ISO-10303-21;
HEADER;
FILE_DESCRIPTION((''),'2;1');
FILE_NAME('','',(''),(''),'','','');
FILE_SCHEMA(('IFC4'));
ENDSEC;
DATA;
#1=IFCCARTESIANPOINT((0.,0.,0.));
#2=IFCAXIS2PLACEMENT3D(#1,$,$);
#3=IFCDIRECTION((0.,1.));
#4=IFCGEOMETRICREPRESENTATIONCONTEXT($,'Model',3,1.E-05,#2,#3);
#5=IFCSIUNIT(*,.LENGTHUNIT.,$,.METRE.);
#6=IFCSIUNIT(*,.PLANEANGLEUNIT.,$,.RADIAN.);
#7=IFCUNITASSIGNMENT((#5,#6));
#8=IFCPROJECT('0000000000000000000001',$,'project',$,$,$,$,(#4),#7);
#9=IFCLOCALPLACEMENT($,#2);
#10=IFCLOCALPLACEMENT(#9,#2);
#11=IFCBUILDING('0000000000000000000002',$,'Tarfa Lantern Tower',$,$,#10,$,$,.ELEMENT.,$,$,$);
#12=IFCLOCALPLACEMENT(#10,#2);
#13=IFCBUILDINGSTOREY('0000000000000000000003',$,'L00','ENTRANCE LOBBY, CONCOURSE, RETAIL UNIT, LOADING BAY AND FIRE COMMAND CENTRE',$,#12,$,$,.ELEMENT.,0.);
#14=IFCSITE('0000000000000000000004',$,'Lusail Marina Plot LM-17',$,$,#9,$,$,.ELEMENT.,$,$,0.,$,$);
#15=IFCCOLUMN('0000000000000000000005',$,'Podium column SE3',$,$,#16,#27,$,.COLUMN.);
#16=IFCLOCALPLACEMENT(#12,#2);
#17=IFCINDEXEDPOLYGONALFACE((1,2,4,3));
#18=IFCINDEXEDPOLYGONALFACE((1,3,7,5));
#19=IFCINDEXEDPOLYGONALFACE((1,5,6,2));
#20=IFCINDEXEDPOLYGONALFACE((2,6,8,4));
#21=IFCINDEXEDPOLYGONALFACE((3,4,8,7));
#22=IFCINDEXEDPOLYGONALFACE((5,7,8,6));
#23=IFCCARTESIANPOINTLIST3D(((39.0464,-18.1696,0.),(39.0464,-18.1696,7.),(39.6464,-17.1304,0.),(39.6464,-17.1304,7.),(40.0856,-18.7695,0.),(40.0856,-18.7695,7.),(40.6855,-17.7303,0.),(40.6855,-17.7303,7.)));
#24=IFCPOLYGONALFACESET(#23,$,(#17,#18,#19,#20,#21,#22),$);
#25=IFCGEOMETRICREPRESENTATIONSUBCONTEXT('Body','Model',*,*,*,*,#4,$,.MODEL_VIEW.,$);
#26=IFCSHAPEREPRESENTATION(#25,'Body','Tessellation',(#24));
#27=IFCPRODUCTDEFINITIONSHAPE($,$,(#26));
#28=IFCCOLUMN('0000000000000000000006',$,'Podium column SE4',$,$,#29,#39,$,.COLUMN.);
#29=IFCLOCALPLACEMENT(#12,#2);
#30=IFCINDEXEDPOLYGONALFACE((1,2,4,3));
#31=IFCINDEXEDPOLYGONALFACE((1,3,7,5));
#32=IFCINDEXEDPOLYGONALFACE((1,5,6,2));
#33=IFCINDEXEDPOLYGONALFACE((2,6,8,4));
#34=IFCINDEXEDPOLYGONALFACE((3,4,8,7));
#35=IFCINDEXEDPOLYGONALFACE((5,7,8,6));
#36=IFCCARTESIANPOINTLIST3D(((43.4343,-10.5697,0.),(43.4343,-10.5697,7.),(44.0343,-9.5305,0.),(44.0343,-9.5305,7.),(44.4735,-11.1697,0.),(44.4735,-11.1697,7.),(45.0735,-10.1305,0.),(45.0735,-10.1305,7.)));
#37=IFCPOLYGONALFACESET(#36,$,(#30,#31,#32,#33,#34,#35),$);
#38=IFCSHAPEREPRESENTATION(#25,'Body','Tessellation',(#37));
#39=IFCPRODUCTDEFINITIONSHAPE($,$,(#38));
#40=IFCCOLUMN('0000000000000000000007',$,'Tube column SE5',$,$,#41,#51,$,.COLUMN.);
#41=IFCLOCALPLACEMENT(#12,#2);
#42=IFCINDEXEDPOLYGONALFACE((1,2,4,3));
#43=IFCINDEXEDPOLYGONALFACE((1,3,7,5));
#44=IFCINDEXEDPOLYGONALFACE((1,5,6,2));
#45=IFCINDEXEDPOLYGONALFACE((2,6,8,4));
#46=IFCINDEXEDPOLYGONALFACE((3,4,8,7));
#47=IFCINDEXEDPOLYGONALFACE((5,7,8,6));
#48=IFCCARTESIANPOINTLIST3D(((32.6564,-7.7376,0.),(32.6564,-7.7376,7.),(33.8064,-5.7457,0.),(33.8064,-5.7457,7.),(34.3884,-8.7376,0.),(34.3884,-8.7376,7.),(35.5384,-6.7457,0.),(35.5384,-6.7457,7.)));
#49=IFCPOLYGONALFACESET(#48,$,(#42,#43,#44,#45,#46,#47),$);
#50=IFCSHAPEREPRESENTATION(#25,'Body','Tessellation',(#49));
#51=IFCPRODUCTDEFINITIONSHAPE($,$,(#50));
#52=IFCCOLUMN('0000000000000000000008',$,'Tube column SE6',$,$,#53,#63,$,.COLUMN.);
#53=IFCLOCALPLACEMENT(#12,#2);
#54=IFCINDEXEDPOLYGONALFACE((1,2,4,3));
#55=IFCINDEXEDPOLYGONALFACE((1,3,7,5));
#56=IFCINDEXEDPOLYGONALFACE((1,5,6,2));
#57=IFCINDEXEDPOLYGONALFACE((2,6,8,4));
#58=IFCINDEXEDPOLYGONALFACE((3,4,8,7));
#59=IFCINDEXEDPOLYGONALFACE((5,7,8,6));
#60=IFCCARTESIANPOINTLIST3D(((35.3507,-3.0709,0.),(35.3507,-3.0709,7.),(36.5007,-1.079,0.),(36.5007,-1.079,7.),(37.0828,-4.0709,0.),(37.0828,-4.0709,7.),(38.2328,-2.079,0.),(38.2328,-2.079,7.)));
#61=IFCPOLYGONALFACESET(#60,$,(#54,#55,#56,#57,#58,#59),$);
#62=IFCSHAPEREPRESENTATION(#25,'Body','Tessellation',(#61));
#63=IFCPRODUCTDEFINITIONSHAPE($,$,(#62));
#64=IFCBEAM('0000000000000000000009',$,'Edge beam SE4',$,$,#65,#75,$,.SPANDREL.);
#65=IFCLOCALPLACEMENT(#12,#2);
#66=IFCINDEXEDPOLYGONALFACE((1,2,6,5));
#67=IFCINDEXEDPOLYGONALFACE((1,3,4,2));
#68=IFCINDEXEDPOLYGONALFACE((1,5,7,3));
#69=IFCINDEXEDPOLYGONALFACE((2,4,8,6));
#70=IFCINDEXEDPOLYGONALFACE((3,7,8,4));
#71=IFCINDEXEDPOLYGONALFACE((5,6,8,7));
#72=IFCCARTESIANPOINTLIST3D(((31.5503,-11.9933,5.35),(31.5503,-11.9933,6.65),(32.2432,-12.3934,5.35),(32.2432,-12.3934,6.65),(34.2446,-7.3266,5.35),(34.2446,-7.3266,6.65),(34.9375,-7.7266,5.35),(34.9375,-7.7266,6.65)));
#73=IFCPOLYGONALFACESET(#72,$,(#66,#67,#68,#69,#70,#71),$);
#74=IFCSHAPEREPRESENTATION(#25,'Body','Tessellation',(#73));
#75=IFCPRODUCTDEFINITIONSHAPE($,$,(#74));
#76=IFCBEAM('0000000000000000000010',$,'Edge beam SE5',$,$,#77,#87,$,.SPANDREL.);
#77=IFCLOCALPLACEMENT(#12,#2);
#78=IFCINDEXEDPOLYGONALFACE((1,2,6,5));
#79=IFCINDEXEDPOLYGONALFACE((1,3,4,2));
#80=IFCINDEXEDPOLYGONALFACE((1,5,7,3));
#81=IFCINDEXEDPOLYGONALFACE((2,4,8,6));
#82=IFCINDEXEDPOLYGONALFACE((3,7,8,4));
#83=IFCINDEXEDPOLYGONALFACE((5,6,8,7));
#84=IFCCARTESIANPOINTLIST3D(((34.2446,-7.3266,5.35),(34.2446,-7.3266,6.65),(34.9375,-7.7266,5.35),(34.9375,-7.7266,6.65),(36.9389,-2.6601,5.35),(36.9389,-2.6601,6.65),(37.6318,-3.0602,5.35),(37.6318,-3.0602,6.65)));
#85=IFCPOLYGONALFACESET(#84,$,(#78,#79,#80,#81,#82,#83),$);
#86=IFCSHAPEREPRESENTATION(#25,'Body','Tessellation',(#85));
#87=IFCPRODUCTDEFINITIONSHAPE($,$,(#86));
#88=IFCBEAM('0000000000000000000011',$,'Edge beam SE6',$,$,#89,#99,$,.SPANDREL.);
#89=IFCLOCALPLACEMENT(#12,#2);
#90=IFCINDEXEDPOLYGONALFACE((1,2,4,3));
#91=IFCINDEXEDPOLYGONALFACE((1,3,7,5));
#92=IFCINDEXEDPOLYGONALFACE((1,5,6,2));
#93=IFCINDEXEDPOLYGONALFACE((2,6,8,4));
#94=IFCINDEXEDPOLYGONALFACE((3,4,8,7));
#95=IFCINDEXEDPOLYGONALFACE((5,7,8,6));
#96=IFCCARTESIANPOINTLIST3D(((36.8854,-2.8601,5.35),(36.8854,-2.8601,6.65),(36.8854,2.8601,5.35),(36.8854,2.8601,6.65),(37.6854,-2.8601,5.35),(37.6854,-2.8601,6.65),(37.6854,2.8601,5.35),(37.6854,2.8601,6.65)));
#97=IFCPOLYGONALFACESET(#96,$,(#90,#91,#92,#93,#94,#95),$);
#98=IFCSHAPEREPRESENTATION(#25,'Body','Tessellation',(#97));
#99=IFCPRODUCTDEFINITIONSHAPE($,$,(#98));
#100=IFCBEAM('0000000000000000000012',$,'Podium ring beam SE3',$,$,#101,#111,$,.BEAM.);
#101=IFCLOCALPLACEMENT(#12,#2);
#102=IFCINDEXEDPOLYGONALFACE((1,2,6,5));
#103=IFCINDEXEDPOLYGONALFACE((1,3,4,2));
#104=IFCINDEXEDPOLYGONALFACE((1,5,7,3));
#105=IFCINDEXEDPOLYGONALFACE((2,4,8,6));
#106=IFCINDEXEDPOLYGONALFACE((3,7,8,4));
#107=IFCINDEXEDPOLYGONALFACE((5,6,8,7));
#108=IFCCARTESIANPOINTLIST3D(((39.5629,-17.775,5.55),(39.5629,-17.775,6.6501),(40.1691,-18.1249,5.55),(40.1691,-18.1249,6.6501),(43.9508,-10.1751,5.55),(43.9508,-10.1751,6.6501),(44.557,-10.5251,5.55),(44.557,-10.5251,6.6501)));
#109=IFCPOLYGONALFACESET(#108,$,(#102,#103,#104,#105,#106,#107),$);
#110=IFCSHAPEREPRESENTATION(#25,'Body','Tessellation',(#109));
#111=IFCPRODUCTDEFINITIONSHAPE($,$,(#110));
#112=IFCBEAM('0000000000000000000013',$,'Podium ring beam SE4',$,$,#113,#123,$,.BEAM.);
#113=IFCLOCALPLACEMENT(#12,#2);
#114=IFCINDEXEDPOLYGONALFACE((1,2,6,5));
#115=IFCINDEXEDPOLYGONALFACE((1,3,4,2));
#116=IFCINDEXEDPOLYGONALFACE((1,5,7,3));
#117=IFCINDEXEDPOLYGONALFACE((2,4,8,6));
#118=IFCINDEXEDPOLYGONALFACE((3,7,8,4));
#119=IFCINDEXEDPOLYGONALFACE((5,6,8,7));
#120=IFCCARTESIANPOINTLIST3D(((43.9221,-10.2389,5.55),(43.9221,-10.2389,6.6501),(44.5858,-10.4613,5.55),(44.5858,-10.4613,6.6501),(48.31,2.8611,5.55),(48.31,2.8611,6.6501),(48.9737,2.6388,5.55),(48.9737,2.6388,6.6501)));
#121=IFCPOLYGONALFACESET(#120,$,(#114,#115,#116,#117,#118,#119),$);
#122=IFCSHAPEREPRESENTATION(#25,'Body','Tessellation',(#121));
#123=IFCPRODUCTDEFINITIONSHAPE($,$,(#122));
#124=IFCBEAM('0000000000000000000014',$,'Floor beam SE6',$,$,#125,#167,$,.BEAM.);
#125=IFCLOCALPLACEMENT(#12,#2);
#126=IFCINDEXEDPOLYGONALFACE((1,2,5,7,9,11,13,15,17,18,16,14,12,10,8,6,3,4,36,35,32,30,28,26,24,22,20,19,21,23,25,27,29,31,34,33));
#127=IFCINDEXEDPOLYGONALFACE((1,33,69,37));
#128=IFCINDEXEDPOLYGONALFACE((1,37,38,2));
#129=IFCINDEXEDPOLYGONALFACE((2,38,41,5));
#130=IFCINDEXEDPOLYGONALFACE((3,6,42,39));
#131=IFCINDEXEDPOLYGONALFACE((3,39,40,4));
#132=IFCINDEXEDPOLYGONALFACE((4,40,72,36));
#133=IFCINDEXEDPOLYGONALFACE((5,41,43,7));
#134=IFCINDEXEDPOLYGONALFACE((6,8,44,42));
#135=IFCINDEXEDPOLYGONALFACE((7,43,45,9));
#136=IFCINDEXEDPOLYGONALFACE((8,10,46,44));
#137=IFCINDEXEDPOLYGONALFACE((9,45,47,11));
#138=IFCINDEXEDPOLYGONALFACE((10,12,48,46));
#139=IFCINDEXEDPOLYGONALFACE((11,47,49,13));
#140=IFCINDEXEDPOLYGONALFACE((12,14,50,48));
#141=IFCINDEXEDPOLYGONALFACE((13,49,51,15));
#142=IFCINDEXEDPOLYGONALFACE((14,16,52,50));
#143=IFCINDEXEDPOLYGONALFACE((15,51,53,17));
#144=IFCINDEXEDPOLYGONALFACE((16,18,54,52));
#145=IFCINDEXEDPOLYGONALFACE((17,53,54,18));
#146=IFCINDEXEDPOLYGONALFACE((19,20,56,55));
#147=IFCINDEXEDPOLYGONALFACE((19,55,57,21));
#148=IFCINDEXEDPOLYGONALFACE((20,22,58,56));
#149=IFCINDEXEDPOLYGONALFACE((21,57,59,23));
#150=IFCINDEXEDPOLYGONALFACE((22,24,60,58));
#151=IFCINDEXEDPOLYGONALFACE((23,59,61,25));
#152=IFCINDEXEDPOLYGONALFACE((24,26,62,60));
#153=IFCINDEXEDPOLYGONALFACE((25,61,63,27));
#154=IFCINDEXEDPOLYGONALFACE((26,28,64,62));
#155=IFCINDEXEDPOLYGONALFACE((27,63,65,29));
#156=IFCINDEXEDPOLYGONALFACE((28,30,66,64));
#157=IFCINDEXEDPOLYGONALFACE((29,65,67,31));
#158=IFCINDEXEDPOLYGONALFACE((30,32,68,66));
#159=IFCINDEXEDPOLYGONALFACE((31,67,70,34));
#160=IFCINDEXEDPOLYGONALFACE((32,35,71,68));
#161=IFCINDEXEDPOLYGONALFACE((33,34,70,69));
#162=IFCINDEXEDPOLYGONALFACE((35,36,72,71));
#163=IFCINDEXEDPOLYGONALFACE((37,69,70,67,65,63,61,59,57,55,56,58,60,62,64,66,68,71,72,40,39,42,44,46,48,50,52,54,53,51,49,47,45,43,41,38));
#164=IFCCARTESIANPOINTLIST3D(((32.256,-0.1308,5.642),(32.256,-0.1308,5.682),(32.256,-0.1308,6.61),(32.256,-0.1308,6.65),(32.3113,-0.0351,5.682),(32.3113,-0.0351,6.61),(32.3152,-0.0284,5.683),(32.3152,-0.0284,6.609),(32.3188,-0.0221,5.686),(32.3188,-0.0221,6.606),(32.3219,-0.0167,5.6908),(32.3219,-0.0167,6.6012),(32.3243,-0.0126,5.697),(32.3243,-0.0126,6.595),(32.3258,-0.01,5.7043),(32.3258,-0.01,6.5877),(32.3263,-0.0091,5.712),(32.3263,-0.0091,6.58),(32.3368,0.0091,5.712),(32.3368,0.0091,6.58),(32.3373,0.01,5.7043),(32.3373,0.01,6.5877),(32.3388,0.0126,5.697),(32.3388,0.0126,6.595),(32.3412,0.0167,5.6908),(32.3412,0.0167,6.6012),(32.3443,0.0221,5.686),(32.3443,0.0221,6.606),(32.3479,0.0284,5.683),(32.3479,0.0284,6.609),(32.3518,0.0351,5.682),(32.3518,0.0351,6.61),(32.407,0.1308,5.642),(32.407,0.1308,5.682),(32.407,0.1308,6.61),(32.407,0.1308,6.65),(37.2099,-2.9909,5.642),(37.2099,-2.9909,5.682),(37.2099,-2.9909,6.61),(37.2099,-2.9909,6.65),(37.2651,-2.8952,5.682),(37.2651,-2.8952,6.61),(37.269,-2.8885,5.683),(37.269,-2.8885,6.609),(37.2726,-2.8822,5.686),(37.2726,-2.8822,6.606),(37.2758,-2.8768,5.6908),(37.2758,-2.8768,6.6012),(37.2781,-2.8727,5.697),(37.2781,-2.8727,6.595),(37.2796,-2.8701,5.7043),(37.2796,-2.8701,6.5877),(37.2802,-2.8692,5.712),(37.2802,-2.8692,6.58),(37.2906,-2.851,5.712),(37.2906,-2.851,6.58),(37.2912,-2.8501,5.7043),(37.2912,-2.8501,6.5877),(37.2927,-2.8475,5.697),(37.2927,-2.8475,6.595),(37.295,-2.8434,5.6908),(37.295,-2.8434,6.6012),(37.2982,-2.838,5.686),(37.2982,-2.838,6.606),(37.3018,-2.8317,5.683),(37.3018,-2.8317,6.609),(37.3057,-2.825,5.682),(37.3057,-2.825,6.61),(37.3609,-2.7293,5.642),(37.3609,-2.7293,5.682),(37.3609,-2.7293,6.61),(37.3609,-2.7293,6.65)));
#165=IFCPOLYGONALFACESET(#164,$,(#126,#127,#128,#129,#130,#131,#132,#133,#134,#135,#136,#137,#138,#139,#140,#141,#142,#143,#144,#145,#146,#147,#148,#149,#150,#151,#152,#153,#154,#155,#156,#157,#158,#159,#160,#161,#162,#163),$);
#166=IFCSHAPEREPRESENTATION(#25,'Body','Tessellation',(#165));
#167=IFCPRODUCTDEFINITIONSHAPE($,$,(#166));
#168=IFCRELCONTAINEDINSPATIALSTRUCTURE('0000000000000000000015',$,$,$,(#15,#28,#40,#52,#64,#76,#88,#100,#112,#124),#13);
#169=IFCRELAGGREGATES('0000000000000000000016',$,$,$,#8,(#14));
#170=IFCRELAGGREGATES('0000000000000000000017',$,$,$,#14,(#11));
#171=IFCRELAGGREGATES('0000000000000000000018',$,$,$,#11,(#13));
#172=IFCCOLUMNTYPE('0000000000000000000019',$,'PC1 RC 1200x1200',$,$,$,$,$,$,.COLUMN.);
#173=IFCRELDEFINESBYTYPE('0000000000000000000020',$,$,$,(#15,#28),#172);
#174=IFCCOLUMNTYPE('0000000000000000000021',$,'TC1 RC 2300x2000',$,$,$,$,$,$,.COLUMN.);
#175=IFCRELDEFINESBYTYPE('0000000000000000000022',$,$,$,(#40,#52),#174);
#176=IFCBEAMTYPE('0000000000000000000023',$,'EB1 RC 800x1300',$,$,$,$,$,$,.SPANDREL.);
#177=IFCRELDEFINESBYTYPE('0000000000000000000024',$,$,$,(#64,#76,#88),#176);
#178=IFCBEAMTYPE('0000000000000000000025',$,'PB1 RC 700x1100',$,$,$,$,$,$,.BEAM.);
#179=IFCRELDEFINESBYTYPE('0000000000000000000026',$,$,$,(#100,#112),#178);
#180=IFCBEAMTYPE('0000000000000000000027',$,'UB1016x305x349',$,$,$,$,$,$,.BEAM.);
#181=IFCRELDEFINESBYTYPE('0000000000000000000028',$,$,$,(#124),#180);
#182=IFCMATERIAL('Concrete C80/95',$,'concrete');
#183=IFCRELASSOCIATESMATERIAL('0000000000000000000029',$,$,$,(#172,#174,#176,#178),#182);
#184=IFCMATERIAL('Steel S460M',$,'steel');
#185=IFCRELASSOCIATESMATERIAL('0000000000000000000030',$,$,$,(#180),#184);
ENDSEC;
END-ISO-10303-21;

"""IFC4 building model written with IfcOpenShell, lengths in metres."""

from ifc_helpers import new_model, si_unit, direction, frame, origin, origin_2d, place, context, subcontext, project, spatial, rectangle, i_section, extrude, material, material_profile, profile_set, type_object, element, save


model = new_model("IFC4")

# Units and contexts
model_context = context("Model", 3, precision=1e-05, world=origin(), true_north=direction((0.0, 1.0)))
body_context = subcontext(model_context, "Body", "Model", "MODEL_VIEW")
ifc_project = project(units=[si_unit("LENGTHUNIT", "METRE"), si_unit("PLANEANGLEUNIT", "RADIAN")], contexts=[model_context])

# Site, building, storey
site_placement = place(None, origin())
site = spatial("IfcSite", under=ifc_project, at=site_placement, Name="Lusail Marina Plot LM-17", CompositionType="ELEMENT", RefElevation=0.0)
building_placement = place(site_placement, origin())
building = spatial("IfcBuilding", under=site, at=building_placement, Name="Tarfa Lantern Tower", CompositionType="ELEMENT")
storey_placement = place(building_placement, origin())
storey = spatial("IfcBuildingStorey", under=building, at=storey_placement, Name="L00", Description="ENTRANCE LOBBY, CONCOURSE, RETAIL UNIT, LOADING BAY AND FIRE COMMAND CENTRE", CompositionType="ELEMENT", Elevation=0.0)

# Columns
ifc_material_1 = material(Name="Concrete C80/95", Category="concrete")
ifc_material_profile_1 = material_profile(ifc_material_1, rectangle(XDim=1.2, YDim=1.2, at=origin_2d()), Name="RC 1200x1200")
ifc_profile_set_1 = profile_set([ifc_material_profile_1], Name="Concrete C80/95")
column_type_1 = type_object("IfcColumnType", Name="PC1 RC 1200x1200", PredefinedType="COLUMN", material=ifc_profile_set_1)
for number, where, z_axis, x_axis, name in (
    (1, (39.866, -17.95, 0.0), (0.0, 0.0, 1.0), (0.5, 0.866025, 0.0), "Podium column SE3"),
    (2, (44.2539, -10.3501, 0.0), (0.0, 0.0, 1.0), (0.5, 0.866025, 0.0), "Podium column SE4"),
):
    element("IfcColumn", number, at=place(storey_placement, frame(where, z_axis=z_axis, x_axis=x_axis)), inside=storey, type_object=column_type_1, Name=name, PredefinedType="COLUMN", context=body_context, shape_type="SweptSolid", body=[
        extrude(rectangle(XDim=1.2, YDim=1.2, at=origin_2d()), origin(), (0.0, 0.0, 1.0), 7.0),
    ])
ifc_material_profile_2 = material_profile(ifc_material_1, rectangle(XDim=2.3, YDim=2.0, at=origin_2d()), Name="RC 2300x2000")
ifc_profile_set_2 = profile_set([ifc_material_profile_2], Name="Concrete C80/95")
column_type_2 = type_object("IfcColumnType", Name="TC1 RC 2300x2000", PredefinedType="COLUMN", material=ifc_profile_set_2)
for number, where, z_axis, x_axis, name in (
    (3, (34.0974, -7.2417, 0.0), (0.0, 0.0, 1.0), (0.5, 0.866025, 0.0), "Tube column SE5"),
    (4, (36.7917, -2.575, 0.0), (0.0, 0.0, 1.0), (0.5, 0.866025, 0.0), "Tube column SE6"),
):
    element("IfcColumn", number, at=place(storey_placement, frame(where, z_axis=z_axis, x_axis=x_axis)), inside=storey, type_object=column_type_2, Name=name, PredefinedType="COLUMN", context=body_context, shape_type="SweptSolid", body=[
        extrude(rectangle(XDim=2.3, YDim=2.0, at=origin_2d()), origin(), (0.0, 0.0, 1.0), 7.0),
    ])

# Beams
ifc_material_profile_3 = material_profile(ifc_material_1, rectangle(XDim=0.8, YDim=1.3, at=origin_2d()), Name="RC 800x1300")
ifc_profile_set_3 = profile_set([ifc_material_profile_3], Name="Concrete C80/95")
beam_type_1 = type_object("IfcBeamType", Name="EB1 RC 800x1300", PredefinedType="SPANDREL", material=ifc_profile_set_3)
beam_1_placement = place(storey_placement, frame((31.8967, -12.1934, 6.0), z_axis=(0.499998, 0.866026, 0.0), x_axis=(-0.866026, 0.499998, 0.0)))
element("IfcBeam", 5, at=beam_1_placement, inside=storey, type_object=beam_type_1, Name="Edge beam SE4", PredefinedType="SPANDREL", context=body_context, shape_type="SweptSolid", body=[
    extrude(rectangle(XDim=0.8, YDim=1.3, at=origin_2d()), origin(), (0.0, 0.0, 1.0), 5.3887),
])
beam_2_placement = place(storey_placement, frame((34.5911, -7.5266, 6.0), z_axis=(0.500018, 0.866015, 0.0), x_axis=(-0.866015, 0.500018, 0.0)))
element("IfcBeam", 6, at=beam_2_placement, inside=storey, type_object=beam_type_1, Name="Edge beam SE5", PredefinedType="SPANDREL", context=body_context, shape_type="SweptSolid", body=[
    extrude(rectangle(XDim=0.8, YDim=1.3, at=origin_2d()), origin(), (0.0, 0.0, 1.0), 5.3884),
])
beam_3_placement = place(storey_placement, frame((37.2854, -2.8601, 6.0), z_axis=(0.0, 1.0, 0.0), x_axis=(-1.0, 0.0, 0.0)))
element("IfcBeam", 7, at=beam_3_placement, inside=storey, type_object=beam_type_1, Name="Edge beam SE6", PredefinedType="SPANDREL", context=body_context, shape_type="SweptSolid", body=[
    extrude(rectangle(XDim=0.8, YDim=1.3, at=origin_2d()), origin(), (0.0, 0.0, 1.0), 5.7202),
])
ifc_material_profile_4 = material_profile(ifc_material_1, rectangle(XDim=0.7, YDim=1.1001, at=origin_2d()), Name="RC 700x1100")
ifc_profile_set_4 = profile_set([ifc_material_profile_4], Name="Concrete C80/95")
beam_type_2 = type_object("IfcBeamType", Name="PB1 RC 700x1100", PredefinedType="BEAM", material=ifc_profile_set_4)
beam_4_placement = place(storey_placement, frame((39.866, -17.95, 6.1001), z_axis=(0.500014, 0.866017, 0.0), x_axis=(-0.866017, 0.500014, 0.0)))
element("IfcBeam", 8, at=beam_4_placement, inside=storey, type_object=beam_type_2, Name="Podium ring beam SE3", PredefinedType="BEAM", context=body_context, shape_type="SweptSolid", body=[
    extrude(rectangle(XDim=0.7, YDim=1.1001, at=origin_2d()), origin(), (0.0, 0.0, 1.0), 8.7756),
])
beam_5_placement = place(storey_placement, frame((44.2539, -10.3501, 6.1001), z_axis=(0.317611, 0.948221, 0.0), x_axis=(-0.948221, 0.317611, 0.0)))
element("IfcBeam", 9, at=beam_5_placement, inside=storey, type_object=beam_type_2, Name="Podium ring beam SE4", PredefinedType="BEAM", context=body_context, shape_type="SweptSolid", body=[
    extrude(rectangle(XDim=0.7, YDim=1.1001, at=origin_2d()), origin(), (0.0, 0.0, 1.0), 13.8154),
])
ifc_material_2 = material(Name="Steel S460M", Category="steel")
ifc_material_profile_5 = material_profile(ifc_material_2, i_section(OverallWidth=0.302, OverallDepth=1.0081, WebThickness=0.021, FlangeThickness=0.04, FilletRadius=0.03, at=origin_2d()), Name="UB1016x305x349")
ifc_profile_set_5 = profile_set([ifc_material_profile_5], Name="Steel S460M")
beam_type_3 = type_object("IfcBeamType", Name="UB1016x305x349", PredefinedType="BEAM", material=ifc_profile_set_5)
beam_6_placement = place(storey_placement, frame((37.2854, -2.8601, 6.146), z_axis=(-0.866026, 0.5, 0.0), x_axis=(-0.5, -0.866026, 0.0)))
element("IfcBeam", 10, at=beam_6_placement, inside=storey, type_object=beam_type_3, Name="Floor beam SE6", PredefinedType="BEAM", context=body_context, shape_type="SweptSolid", body=[
    extrude(i_section(OverallWidth=0.302, OverallDepth=1.0081, WebThickness=0.021, FlangeThickness=0.04, FilletRadius=0.03, at=origin_2d()), origin(), (0.0, 0.0, 1.0), 5.7202),
])

save(model, "model.ifc")
